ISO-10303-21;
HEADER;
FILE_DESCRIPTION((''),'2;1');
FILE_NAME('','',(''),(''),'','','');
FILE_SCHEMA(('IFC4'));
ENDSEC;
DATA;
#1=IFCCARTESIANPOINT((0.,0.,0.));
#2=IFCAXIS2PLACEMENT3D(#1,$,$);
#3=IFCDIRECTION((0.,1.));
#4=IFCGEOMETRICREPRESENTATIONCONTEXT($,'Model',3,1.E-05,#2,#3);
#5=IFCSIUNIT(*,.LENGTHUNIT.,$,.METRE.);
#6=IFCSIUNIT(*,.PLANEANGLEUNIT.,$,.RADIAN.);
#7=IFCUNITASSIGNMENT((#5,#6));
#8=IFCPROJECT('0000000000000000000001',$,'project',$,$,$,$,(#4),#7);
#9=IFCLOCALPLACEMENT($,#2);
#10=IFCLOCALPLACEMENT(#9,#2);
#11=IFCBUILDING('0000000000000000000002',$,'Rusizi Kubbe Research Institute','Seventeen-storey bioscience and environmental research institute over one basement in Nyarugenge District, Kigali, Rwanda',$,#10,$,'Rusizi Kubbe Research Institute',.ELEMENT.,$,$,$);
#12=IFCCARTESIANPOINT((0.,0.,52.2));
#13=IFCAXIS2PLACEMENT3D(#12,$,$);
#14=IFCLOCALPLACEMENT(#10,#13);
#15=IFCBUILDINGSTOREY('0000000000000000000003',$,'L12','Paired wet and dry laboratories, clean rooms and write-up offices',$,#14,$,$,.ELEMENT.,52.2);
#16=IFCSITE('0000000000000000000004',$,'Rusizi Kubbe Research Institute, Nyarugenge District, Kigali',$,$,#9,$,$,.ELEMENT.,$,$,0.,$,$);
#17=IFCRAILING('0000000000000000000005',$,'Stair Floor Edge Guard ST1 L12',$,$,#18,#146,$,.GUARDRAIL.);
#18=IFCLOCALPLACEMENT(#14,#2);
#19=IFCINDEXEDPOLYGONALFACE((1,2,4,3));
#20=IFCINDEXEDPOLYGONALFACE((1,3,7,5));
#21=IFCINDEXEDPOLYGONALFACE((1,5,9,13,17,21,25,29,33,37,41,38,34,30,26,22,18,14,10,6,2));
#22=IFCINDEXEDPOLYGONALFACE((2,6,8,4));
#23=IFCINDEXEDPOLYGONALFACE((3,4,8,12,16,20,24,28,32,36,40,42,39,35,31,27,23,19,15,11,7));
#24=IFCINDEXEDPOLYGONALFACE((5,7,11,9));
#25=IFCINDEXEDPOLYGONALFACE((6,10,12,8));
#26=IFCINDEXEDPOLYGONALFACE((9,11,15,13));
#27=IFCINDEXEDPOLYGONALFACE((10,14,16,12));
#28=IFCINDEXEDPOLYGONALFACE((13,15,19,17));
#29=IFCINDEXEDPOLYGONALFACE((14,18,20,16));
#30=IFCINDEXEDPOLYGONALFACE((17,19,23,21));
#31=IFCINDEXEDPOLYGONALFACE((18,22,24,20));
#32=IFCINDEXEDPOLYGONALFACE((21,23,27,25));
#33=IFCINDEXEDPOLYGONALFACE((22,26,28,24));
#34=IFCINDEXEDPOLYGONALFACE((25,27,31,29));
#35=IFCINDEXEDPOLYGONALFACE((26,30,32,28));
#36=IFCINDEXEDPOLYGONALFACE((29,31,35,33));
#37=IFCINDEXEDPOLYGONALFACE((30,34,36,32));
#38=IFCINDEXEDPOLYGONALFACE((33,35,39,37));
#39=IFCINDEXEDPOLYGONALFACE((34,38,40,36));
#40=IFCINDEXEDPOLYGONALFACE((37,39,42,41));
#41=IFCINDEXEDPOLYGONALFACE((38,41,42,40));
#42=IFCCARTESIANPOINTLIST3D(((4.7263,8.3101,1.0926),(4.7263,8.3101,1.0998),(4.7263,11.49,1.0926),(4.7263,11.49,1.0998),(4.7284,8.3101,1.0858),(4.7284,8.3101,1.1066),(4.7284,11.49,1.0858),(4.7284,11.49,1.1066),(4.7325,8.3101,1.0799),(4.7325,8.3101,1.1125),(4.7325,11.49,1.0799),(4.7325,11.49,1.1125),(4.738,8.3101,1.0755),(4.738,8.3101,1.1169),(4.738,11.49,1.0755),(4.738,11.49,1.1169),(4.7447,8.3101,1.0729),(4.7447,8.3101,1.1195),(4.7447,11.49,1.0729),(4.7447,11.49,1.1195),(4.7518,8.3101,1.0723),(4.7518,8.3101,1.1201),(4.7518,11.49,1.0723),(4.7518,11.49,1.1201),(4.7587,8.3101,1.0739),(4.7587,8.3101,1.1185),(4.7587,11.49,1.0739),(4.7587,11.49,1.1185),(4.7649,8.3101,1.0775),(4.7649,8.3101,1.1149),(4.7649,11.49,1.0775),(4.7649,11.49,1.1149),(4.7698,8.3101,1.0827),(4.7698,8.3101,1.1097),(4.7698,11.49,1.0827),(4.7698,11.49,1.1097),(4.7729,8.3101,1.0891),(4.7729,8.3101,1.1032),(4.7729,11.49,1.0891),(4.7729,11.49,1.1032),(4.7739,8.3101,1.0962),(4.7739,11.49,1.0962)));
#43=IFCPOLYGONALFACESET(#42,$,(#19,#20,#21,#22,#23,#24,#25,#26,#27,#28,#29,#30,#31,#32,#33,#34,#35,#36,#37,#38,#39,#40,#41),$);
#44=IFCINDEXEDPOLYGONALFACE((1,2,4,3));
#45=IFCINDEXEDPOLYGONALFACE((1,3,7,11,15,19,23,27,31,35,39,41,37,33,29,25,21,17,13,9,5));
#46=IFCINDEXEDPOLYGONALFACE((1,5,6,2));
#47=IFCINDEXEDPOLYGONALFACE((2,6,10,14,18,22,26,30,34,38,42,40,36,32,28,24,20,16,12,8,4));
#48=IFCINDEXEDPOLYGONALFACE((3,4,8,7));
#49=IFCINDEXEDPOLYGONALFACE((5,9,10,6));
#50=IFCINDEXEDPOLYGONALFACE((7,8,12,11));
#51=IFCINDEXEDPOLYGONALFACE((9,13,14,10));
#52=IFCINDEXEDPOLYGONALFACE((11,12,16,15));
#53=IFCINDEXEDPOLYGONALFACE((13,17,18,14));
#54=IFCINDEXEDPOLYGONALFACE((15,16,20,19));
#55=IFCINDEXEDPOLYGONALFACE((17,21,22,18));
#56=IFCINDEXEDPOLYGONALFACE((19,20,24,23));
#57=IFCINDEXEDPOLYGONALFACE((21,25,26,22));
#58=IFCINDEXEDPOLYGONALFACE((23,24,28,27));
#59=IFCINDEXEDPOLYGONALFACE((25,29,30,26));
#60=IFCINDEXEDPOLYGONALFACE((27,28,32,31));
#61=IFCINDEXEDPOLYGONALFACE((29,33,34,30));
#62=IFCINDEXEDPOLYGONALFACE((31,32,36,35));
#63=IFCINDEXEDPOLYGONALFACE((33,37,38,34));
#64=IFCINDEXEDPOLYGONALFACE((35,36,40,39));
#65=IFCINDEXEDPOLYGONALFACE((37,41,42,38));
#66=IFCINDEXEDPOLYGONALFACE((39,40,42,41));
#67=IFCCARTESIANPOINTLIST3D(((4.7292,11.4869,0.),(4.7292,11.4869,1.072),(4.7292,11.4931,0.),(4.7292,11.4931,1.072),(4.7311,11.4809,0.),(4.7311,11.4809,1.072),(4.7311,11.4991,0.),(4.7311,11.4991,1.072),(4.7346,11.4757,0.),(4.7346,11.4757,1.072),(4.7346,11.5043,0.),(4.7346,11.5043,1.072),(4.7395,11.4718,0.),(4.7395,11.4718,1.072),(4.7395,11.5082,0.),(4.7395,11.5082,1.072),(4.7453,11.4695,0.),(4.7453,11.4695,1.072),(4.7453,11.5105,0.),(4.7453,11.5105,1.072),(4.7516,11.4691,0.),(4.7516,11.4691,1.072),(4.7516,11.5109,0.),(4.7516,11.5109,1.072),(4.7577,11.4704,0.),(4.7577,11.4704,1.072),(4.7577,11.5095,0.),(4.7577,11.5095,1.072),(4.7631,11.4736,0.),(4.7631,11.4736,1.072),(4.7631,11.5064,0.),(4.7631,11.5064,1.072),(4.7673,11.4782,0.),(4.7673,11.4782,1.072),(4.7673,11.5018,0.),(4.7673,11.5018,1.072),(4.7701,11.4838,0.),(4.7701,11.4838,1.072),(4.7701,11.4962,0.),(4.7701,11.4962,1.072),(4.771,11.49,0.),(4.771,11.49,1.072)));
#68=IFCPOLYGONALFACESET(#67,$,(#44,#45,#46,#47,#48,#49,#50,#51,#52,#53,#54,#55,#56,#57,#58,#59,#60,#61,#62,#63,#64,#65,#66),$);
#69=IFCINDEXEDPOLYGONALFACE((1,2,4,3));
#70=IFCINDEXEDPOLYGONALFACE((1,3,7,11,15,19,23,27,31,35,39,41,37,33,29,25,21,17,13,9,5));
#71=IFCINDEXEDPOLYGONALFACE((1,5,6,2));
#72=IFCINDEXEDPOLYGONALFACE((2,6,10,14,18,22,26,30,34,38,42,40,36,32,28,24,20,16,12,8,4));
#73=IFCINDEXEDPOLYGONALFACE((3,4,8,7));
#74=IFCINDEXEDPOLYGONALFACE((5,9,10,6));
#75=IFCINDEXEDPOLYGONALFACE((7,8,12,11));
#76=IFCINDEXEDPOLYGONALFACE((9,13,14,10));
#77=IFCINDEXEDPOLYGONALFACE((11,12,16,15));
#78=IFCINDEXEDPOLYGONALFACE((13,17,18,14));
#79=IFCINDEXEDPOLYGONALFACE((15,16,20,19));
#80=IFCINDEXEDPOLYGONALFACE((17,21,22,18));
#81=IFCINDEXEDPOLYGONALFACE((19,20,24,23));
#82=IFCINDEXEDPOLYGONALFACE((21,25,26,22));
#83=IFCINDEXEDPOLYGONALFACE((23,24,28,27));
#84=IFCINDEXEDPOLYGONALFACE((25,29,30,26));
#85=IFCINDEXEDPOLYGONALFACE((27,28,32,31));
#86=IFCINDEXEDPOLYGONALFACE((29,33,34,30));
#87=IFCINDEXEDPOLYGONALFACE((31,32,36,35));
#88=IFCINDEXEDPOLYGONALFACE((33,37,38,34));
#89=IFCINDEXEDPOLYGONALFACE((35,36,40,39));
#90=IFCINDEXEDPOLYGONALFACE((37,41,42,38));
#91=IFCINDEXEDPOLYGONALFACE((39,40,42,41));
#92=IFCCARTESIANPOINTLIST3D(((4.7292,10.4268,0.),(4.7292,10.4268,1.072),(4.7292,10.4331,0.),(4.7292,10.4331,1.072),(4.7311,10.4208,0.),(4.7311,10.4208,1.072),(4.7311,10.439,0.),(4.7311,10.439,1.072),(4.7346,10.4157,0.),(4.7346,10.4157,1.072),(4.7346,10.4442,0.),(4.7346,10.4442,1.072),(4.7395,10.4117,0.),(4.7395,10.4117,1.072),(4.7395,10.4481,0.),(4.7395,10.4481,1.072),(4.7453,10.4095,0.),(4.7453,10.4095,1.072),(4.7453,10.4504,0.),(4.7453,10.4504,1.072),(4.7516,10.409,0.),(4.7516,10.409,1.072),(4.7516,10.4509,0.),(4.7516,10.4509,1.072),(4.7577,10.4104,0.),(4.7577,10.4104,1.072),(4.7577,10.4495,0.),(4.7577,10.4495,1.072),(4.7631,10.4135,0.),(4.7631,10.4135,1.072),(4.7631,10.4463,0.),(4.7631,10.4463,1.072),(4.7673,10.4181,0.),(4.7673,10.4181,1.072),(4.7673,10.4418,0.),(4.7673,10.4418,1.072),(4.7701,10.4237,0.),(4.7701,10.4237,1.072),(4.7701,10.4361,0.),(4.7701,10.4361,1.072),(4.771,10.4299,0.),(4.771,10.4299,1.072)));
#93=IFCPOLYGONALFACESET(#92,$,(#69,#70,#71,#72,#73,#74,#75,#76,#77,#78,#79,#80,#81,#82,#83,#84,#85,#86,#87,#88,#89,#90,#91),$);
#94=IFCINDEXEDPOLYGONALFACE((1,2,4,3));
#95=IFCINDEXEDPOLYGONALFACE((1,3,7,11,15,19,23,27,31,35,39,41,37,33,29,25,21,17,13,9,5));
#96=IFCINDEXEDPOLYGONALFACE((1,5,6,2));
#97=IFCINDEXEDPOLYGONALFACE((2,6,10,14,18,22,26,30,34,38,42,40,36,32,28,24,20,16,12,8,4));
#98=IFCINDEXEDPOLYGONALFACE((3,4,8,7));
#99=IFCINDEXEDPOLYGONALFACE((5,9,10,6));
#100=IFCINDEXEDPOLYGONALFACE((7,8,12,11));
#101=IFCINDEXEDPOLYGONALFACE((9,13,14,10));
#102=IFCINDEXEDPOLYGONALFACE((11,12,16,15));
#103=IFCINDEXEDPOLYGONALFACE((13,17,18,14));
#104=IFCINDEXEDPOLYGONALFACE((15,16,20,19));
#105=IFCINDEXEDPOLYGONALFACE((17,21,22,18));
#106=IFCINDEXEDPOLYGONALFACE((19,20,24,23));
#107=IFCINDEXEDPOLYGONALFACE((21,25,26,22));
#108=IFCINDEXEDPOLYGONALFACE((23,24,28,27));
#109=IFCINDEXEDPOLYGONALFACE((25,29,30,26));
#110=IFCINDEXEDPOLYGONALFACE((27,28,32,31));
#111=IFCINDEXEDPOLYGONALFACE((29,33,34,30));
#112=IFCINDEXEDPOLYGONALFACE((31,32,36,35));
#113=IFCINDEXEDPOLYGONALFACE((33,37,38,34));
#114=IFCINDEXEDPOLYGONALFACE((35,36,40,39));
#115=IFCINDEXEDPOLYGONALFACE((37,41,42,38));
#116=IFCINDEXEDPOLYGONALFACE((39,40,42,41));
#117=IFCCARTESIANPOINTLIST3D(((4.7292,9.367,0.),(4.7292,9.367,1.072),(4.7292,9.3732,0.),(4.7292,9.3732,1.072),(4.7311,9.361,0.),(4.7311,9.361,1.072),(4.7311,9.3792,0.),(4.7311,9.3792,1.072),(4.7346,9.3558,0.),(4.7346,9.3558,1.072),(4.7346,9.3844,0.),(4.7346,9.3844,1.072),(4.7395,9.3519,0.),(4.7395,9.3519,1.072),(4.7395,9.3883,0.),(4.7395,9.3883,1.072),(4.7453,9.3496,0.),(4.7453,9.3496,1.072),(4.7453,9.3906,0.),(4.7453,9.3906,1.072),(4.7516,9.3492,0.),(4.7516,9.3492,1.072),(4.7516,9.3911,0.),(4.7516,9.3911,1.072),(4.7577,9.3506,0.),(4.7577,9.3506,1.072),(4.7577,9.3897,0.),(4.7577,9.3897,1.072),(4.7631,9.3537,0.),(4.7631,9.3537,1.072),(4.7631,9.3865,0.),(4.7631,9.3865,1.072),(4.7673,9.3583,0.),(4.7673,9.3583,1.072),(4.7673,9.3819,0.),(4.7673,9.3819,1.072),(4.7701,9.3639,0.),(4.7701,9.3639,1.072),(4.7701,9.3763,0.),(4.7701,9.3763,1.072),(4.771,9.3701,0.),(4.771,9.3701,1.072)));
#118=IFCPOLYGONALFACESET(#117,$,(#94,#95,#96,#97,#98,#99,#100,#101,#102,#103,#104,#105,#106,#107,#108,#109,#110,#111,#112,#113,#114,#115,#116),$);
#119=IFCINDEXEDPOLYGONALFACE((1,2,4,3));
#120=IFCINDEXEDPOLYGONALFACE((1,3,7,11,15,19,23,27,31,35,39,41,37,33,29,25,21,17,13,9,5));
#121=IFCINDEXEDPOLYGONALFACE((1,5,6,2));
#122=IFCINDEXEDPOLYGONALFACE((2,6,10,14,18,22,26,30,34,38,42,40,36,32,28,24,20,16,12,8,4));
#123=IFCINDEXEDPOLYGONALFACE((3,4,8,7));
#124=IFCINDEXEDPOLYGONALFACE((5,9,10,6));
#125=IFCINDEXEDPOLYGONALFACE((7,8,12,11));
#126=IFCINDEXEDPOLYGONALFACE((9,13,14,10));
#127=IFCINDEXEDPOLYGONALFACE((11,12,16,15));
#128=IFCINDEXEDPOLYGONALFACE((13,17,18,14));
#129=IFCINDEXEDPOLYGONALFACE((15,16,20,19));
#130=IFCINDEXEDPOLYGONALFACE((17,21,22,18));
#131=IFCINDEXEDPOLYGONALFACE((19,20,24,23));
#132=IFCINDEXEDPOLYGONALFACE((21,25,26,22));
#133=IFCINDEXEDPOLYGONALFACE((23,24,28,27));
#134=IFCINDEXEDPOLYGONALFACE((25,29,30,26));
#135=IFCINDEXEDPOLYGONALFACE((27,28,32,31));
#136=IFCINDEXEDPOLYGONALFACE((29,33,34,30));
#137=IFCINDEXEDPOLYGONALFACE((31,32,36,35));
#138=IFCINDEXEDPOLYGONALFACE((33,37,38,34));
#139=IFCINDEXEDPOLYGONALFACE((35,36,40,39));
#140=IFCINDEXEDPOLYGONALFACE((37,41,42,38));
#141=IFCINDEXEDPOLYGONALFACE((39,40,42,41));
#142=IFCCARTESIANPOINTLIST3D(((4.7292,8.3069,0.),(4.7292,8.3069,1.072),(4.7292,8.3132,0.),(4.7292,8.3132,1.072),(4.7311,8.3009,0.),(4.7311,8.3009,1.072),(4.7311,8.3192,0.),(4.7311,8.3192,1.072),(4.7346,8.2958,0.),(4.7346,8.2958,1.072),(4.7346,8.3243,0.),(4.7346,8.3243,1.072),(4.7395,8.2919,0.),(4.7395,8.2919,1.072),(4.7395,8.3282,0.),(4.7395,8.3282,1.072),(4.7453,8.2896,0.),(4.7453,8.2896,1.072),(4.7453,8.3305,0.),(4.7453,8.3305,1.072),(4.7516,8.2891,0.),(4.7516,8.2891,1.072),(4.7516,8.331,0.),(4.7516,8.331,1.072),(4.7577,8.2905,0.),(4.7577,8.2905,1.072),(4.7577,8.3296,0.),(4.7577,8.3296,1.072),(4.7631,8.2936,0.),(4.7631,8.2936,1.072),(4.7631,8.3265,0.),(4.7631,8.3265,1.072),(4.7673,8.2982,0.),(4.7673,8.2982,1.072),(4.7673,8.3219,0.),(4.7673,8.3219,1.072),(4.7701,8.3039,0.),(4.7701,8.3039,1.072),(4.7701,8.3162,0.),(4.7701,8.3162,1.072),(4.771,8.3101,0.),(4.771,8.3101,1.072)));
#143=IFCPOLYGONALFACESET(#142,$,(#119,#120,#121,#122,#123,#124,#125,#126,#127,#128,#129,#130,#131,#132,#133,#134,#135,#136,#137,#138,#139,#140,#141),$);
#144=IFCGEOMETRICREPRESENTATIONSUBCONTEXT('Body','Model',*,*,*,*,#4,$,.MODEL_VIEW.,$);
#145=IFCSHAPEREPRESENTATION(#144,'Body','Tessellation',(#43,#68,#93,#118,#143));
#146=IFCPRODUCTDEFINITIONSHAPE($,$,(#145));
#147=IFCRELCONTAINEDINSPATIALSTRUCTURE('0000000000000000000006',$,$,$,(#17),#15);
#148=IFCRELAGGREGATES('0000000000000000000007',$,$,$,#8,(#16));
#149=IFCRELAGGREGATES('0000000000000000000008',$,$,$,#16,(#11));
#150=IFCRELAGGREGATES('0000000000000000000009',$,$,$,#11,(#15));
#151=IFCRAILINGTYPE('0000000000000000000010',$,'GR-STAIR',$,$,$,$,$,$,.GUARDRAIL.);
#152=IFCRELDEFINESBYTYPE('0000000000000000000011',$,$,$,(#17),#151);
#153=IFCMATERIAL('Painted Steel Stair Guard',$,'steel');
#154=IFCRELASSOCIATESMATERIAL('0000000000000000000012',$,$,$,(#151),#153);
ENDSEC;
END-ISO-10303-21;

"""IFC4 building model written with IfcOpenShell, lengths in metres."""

from ifc_helpers import new_model, si_unit, direction, frame, origin, origin_2d, place, context, subcontext, project, spatial, circle, extrude, material, type_object, element, save


model = new_model("IFC4")

# Units and contexts
model_context = context("Model", 3, precision=1e-05, world=origin(), true_north=direction((0.0, 1.0)))
body_context = subcontext(model_context, "Body", "Model", "MODEL_VIEW")
ifc_project = project(units=[si_unit("LENGTHUNIT", "METRE"), si_unit("PLANEANGLEUNIT", "RADIAN")], contexts=[model_context])

# Site, building, storey
site_placement = place(None, origin())
site = spatial("IfcSite", under=ifc_project, at=site_placement, Name="Rusizi Kubbe Research Institute, Nyarugenge District, Kigali", CompositionType="ELEMENT", RefElevation=0.0)
building_placement = place(site_placement, origin())
building = spatial("IfcBuilding", under=site, at=building_placement, Name="Rusizi Kubbe Research Institute", Description="Seventeen-storey bioscience and environmental research institute over one basement in Nyarugenge District, Kigali, Rwanda", LongName="Rusizi Kubbe Research Institute", CompositionType="ELEMENT")
storey_placement = place(building_placement, frame((0.0, 0.0, 52.2)))
storey = spatial("IfcBuildingStorey", under=building, at=storey_placement, Name="L12", Description="Paired wet and dry laboratories, clean rooms and write-up offices", CompositionType="ELEMENT", Elevation=52.2)

# Railing
ifc_material_1 = material(Name="Painted Steel Stair Guard", Category="steel")
railing_type_1 = type_object("IfcRailingType", Name="GR-STAIR", PredefinedType="GUARDRAIL", material=ifc_material_1)
railing_1_placement = place(storey_placement, frame((4.75, 11.49, 0.0)))
element("IfcRailing", 1, at=railing_1_placement, inside=storey, type_object=railing_type_1, Name="Stair Floor Edge Guard ST1 L12", PredefinedType="GUARDRAIL", context=body_context, shape_type="SweptSolid", body=[
    extrude(circle(Radius=0.0239, at=origin_2d()), frame((0.0, 0.0, 1.0962), z_axis=(0.0, -1.0, 0.0), x_axis=(1.0, 0.0, 0.0)), (0.0, 0.0, 1.0), 3.1799),
    extrude(circle(Radius=0.021, at=origin_2d()), origin(), (0.0, 0.0, 1.0), 1.072),
    extrude(circle(Radius=0.021, at=origin_2d()), frame((0.0, -1.0601, 0.0)), (0.0, 0.0, 1.0), 1.072),
    extrude(circle(Radius=0.021, at=origin_2d()), frame((0.0, -2.1199, 0.0)), (0.0, 0.0, 1.0), 1.072),
    extrude(circle(Radius=0.021, at=origin_2d()), frame((0.0, -3.1799, 0.0)), (0.0, 0.0, 1.0), 1.072),
])

save(model, "model.ifc")
